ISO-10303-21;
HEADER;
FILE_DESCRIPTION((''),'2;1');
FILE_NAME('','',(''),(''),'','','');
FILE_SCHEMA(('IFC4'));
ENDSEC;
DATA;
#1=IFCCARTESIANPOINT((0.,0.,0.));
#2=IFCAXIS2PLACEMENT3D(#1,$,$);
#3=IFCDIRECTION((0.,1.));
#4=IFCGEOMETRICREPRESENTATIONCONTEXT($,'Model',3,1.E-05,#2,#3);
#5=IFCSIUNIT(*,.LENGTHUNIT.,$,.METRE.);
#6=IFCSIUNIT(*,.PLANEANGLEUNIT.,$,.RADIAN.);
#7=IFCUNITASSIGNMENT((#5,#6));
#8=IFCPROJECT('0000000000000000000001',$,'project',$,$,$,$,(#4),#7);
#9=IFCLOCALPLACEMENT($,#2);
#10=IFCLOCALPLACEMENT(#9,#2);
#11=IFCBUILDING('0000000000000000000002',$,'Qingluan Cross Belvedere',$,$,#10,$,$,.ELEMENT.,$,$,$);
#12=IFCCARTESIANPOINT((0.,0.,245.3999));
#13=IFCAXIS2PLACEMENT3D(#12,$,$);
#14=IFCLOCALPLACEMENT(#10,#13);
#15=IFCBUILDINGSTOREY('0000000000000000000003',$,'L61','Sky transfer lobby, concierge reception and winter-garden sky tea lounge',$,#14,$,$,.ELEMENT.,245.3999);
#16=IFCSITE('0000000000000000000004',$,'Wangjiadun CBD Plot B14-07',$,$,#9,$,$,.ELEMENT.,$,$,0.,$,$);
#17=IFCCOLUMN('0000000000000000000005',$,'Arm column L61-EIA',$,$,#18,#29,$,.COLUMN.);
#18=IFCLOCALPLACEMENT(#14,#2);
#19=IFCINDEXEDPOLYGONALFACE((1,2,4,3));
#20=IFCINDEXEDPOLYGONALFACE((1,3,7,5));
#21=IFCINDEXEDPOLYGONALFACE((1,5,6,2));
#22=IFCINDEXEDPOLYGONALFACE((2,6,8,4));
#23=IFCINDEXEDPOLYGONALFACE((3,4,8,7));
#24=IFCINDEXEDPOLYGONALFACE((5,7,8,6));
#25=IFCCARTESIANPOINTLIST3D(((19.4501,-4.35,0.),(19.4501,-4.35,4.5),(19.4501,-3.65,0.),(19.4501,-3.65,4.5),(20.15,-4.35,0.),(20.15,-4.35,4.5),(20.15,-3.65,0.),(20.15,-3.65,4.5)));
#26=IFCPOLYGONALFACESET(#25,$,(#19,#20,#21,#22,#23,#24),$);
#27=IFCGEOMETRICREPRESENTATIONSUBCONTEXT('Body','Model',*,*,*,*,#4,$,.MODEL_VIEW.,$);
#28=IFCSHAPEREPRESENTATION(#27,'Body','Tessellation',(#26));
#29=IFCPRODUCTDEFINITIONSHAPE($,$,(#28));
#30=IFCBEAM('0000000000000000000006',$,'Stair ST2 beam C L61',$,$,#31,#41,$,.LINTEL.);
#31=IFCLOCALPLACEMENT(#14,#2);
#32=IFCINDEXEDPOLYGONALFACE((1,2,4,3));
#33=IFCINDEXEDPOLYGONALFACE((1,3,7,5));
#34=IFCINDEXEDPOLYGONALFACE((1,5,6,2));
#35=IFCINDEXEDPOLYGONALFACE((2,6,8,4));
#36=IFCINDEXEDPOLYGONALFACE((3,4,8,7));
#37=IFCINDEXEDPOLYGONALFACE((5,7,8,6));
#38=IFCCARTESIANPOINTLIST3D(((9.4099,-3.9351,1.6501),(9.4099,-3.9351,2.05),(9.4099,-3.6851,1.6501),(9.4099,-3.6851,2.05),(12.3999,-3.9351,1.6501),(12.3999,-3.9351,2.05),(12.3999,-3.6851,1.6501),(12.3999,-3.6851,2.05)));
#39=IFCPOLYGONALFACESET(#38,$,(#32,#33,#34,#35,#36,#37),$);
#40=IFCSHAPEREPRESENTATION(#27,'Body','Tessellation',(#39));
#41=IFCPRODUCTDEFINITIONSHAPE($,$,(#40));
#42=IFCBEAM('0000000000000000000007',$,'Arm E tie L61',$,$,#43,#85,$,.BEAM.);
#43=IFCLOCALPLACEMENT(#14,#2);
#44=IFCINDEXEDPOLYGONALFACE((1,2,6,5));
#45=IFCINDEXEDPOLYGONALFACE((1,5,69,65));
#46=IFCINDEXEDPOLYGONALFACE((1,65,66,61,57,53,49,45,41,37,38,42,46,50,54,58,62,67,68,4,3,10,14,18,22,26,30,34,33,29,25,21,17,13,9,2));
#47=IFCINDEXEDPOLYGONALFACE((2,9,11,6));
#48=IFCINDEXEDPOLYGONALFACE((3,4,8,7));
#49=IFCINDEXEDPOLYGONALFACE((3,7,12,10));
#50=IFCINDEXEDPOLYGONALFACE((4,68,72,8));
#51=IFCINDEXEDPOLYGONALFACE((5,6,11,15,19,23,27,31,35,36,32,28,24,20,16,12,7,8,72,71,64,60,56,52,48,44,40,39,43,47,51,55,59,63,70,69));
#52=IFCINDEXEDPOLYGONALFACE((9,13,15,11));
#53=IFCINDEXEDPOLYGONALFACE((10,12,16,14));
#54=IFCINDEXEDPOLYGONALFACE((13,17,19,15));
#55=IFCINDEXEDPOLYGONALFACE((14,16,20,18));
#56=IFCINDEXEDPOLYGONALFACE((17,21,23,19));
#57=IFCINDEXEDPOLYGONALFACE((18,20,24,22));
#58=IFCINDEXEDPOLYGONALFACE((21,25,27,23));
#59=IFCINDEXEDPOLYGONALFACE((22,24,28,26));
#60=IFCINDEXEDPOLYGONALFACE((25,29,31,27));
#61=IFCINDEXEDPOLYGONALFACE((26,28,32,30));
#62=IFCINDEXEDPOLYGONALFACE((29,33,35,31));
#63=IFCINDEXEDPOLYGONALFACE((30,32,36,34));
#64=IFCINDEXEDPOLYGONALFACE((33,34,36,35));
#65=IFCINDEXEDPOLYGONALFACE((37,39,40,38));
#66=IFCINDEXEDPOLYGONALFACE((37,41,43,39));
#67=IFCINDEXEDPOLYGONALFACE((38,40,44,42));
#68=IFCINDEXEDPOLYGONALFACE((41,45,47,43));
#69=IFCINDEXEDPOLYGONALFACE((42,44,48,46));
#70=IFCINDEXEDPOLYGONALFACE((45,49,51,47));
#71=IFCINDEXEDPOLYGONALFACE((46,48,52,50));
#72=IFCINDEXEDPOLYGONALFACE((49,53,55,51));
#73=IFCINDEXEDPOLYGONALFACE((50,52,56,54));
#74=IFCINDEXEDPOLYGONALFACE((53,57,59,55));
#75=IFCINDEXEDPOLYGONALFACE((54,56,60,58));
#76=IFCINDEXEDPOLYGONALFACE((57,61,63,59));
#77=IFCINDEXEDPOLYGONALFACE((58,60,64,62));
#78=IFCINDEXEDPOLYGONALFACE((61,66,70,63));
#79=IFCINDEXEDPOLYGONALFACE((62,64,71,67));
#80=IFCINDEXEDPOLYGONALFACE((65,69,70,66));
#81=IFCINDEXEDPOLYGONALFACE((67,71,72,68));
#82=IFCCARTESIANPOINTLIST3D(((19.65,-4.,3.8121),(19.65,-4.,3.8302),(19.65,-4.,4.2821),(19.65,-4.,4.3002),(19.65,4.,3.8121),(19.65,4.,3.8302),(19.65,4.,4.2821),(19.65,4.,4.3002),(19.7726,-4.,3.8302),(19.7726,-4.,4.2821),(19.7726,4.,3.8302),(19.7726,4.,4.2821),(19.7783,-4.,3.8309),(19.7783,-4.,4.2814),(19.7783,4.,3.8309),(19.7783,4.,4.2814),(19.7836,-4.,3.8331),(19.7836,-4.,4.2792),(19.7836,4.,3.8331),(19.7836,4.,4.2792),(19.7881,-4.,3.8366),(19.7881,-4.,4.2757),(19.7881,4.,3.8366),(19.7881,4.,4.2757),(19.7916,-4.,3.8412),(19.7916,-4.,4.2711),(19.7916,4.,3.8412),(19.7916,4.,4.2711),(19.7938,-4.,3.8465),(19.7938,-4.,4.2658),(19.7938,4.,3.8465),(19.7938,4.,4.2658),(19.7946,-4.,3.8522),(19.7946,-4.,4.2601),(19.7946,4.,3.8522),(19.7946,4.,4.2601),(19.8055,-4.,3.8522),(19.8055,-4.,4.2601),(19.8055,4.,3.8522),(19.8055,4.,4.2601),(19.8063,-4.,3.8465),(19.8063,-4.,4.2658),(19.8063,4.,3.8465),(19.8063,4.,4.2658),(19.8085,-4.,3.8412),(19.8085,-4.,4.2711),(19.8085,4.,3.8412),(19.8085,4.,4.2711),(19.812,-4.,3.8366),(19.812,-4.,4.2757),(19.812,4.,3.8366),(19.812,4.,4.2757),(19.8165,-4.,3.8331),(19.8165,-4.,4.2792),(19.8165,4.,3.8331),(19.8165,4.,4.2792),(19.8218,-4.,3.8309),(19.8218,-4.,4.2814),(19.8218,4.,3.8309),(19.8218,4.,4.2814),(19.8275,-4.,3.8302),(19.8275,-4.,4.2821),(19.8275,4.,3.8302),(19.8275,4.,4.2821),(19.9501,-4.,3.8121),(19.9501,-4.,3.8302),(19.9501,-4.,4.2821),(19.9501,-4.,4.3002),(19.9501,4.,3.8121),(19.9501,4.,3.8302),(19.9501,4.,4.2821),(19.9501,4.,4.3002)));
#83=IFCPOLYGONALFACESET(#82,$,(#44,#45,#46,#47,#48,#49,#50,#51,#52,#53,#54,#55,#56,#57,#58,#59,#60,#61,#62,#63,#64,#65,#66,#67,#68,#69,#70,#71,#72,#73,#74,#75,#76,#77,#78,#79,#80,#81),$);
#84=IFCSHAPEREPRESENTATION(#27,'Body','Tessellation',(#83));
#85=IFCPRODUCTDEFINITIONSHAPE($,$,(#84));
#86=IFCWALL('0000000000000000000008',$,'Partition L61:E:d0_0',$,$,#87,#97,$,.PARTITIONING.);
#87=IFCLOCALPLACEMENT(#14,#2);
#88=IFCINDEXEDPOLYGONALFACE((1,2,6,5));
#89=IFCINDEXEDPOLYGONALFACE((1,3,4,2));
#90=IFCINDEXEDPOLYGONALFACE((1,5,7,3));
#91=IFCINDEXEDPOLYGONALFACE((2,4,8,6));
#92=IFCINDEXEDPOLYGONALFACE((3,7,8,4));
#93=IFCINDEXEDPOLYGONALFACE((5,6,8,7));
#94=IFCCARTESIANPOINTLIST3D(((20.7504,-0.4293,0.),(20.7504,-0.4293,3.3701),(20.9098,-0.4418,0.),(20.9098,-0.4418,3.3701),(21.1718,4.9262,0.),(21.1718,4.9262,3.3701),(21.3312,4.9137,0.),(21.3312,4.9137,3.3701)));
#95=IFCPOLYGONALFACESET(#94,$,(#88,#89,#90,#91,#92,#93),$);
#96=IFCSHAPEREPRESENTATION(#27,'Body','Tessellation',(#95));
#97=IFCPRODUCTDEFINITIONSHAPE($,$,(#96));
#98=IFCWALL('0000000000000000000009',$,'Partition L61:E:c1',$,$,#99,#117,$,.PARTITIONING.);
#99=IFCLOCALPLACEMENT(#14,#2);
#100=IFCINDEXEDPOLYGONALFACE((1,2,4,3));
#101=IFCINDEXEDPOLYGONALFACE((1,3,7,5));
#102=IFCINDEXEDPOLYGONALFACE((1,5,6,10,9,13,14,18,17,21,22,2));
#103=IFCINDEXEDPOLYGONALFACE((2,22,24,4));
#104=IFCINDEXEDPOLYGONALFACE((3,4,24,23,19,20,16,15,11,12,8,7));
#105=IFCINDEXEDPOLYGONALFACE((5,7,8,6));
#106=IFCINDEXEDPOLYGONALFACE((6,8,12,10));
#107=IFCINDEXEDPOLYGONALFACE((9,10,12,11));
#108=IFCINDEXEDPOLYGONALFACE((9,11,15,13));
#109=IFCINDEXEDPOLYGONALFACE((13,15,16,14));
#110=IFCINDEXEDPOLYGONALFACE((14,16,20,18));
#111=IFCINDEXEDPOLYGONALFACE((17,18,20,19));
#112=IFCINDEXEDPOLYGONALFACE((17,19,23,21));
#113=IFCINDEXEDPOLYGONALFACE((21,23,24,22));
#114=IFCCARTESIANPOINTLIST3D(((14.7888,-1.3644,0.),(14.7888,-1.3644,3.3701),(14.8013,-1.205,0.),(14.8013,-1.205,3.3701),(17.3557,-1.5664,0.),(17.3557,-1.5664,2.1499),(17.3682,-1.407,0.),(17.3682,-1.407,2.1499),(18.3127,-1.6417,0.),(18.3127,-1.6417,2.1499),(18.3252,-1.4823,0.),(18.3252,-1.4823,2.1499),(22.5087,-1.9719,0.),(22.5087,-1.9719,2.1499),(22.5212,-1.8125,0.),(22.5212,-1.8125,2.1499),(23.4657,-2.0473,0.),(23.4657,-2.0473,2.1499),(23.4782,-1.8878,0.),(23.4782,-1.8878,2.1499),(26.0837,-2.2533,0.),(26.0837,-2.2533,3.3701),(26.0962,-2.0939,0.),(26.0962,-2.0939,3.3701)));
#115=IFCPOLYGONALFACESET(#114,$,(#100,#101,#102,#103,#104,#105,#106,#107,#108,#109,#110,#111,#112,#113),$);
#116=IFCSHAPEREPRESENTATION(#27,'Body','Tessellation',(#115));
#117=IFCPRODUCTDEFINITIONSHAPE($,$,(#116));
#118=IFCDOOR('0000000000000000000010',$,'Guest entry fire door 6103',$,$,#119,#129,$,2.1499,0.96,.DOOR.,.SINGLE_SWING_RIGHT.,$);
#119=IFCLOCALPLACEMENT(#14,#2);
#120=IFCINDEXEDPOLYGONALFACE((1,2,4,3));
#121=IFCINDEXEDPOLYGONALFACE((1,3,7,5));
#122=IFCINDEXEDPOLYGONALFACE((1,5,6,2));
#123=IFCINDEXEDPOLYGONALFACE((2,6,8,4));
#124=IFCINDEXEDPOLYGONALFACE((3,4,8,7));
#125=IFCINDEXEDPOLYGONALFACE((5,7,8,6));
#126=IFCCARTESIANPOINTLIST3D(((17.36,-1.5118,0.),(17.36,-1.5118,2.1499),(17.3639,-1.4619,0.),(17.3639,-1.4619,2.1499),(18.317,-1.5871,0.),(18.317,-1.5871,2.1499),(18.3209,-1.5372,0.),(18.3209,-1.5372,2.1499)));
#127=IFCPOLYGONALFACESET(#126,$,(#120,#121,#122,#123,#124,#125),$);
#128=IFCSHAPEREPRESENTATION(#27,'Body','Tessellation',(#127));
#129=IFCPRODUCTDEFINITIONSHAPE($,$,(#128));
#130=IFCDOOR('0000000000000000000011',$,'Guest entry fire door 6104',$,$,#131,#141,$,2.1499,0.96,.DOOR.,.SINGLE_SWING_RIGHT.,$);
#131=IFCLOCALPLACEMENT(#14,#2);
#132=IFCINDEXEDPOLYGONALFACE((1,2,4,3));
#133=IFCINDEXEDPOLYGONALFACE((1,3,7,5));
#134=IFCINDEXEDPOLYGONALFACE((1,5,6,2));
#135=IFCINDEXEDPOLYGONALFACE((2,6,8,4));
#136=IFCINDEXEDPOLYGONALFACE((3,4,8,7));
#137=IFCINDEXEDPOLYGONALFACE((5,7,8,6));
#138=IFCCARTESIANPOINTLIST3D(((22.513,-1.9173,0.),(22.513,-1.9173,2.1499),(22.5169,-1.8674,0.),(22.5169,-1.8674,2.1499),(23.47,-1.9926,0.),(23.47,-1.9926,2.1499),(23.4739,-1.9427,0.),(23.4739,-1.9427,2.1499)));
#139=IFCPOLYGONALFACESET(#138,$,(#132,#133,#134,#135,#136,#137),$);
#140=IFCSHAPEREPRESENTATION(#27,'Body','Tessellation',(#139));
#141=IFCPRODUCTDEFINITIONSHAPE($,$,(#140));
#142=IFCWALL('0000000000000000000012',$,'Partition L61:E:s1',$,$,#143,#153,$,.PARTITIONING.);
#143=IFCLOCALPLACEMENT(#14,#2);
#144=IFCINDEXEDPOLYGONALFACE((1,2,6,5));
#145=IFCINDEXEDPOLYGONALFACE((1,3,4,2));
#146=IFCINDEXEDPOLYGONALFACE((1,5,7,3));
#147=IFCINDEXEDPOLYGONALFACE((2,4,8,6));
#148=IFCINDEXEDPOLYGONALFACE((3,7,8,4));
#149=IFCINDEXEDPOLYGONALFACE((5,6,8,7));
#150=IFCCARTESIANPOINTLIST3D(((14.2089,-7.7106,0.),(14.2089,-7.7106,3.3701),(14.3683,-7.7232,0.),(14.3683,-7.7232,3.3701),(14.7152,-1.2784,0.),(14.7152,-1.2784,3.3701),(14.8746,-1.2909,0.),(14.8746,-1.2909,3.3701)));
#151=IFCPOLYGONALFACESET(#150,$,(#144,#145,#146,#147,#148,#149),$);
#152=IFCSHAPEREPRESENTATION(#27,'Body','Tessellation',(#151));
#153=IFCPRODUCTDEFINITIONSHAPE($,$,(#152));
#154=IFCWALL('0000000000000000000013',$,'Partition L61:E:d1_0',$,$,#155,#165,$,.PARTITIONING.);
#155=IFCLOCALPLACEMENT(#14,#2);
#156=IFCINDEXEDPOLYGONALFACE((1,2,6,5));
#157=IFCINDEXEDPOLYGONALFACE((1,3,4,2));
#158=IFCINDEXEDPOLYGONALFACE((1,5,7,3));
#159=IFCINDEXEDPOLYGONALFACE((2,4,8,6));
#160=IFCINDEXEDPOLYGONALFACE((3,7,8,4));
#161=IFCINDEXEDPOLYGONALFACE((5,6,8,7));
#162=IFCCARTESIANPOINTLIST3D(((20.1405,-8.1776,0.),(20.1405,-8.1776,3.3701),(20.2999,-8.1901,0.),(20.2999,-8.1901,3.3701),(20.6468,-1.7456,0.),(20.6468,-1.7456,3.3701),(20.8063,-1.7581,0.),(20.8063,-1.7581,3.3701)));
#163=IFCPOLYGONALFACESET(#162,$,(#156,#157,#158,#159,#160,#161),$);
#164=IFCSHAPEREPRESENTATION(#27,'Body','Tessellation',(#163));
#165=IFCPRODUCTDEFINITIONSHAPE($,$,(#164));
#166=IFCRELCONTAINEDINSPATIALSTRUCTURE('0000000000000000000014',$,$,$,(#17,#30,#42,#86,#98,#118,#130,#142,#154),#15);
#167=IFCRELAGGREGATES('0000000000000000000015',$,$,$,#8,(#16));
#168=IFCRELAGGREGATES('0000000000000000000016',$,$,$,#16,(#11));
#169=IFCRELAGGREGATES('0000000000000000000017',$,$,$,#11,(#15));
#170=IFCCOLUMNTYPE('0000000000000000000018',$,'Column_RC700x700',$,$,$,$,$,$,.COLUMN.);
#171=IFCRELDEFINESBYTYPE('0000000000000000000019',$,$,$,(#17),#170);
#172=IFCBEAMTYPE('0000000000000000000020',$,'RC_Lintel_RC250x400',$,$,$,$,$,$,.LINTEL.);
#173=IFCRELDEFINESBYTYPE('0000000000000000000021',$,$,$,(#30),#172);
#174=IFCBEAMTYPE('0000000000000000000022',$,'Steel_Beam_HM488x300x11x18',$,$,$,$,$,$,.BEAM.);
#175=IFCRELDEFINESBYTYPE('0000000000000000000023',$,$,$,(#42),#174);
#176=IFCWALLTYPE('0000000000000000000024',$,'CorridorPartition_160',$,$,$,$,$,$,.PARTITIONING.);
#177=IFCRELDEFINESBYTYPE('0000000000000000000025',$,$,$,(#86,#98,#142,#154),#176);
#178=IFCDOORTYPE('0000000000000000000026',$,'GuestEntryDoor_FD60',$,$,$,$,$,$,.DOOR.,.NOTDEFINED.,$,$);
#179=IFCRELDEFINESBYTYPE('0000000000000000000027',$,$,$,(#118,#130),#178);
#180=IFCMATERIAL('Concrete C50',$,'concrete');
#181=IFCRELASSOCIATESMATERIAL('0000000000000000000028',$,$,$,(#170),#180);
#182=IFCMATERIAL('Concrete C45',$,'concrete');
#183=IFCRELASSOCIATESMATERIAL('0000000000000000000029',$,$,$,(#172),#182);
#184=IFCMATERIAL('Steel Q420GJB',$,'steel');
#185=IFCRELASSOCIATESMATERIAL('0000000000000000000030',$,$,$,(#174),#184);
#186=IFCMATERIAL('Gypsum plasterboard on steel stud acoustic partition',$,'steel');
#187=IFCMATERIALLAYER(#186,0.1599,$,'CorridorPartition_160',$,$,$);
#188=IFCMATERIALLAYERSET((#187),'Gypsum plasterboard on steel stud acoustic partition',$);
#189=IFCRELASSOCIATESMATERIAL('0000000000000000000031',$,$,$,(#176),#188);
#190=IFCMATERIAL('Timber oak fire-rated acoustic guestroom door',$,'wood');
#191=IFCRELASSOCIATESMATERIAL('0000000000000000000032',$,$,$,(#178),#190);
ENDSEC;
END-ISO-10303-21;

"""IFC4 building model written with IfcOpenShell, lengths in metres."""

from ifc_helpers import new_model, si_unit, direction, frame, frame_2d, origin, origin_2d, place, context, subcontext, project, spatial, rectangle, i_section, extrude, material, layer, layer_set, material_profile, profile_set, type_object, element, fill, save


model = new_model("IFC4")

# Units and contexts
model_context = context("Model", 3, precision=1e-05, world=origin(), true_north=direction((0.0, 1.0)))
body_context = subcontext(model_context, "Body", "Model", "MODEL_VIEW")
ifc_project = project(units=[si_unit("LENGTHUNIT", "METRE"), si_unit("PLANEANGLEUNIT", "RADIAN")], contexts=[model_context])

# Site, building, storey
site_placement = place(None, origin())
site = spatial("IfcSite", under=ifc_project, at=site_placement, Name="Wangjiadun CBD Plot B14-07", CompositionType="ELEMENT", RefElevation=0.0)
building_placement = place(site_placement, origin())
building = spatial("IfcBuilding", under=site, at=building_placement, Name="Qingluan Cross Belvedere", CompositionType="ELEMENT")
storey_placement = place(building_placement, frame((0.0, 0.0, 245.3999)))
storey = spatial("IfcBuildingStorey", under=building, at=storey_placement, Name="L61", Description="Sky transfer lobby, concierge reception and winter-garden sky tea lounge", CompositionType="ELEMENT", Elevation=245.3999)

# Column
ifc_material_1 = material(Name="Concrete C50", Category="concrete")
ifc_material_profile_1 = material_profile(ifc_material_1, rectangle(XDim=0.7, YDim=0.7, at=origin_2d()), Name="RC700x700")
ifc_profile_set_1 = profile_set([ifc_material_profile_1], Name="Concrete C50")
column_type = type_object("IfcColumnType", Name="Column_RC700x700", PredefinedType="COLUMN", material=ifc_profile_set_1)
column_placement = place(storey_placement, frame((19.8, -4.0, 0.0), z_axis=(0.0, 0.0, 1.0), x_axis=(1.0, 0.0, 0.0)))
element("IfcColumn", 1, at=column_placement, inside=storey, type_object=column_type, Name="Arm column L61-EIA", PredefinedType="COLUMN", context=body_context, shape_type="SweptSolid", body=[
    extrude(rectangle(XDim=0.7, YDim=0.7, at=origin_2d()), origin(), (0.0, 0.0, 1.0), 4.5),
])

# Beams
ifc_material_2 = material(Name="Concrete C45", Category="concrete")
ifc_material_profile_2 = material_profile(ifc_material_2, rectangle(XDim=0.25, YDim=0.3999, at=origin_2d()), Name="RC250x400")
ifc_profile_set_2 = profile_set([ifc_material_profile_2], Name="Concrete C45")
beam_type_1 = type_object("IfcBeamType", Name="RC_Lintel_RC250x400", PredefinedType="LINTEL", material=ifc_profile_set_2)
beam_1_placement = place(storey_placement, frame((12.3999, -3.8101, 1.8501), z_axis=(-1.0, 0.0, 0.0), x_axis=(0.0, -1.0, 0.0)))
element("IfcBeam", 2, at=beam_1_placement, inside=storey, type_object=beam_type_1, Name="Stair ST2 beam C L61", PredefinedType="LINTEL", context=body_context, shape_type="SweptSolid", body=[
    extrude(rectangle(XDim=0.25, YDim=0.3999, at=origin_2d()), origin(), (0.0, 0.0, 1.0), 2.99),
])
ifc_material_3 = material(Name="Steel Q420GJB", Category="steel")
ifc_material_profile_3 = material_profile(ifc_material_3, i_section(OverallWidth=0.3, OverallDepth=0.488, WebThickness=0.011, FlangeThickness=0.0181, FilletRadius=0.022, at=origin_2d()), Name="HM488x300x11x18")
ifc_profile_set_3 = profile_set([ifc_material_profile_3], Name="Steel Q420GJB")
beam_type_2 = type_object("IfcBeamType", Name="Steel_Beam_HM488x300x11x18", PredefinedType="BEAM", material=ifc_profile_set_3)
beam_2_placement = place(storey_placement, frame((19.8, -4.0, 4.0562), z_axis=(0.0, 1.0, 0.0), x_axis=(-1.0, 0.0, 0.0)))
element("IfcBeam", 3, at=beam_2_placement, inside=storey, type_object=beam_type_2, Name="Arm E tie L61", PredefinedType="BEAM", context=body_context, shape_type="SweptSolid", body=[
    extrude(i_section(OverallWidth=0.3, OverallDepth=0.488, WebThickness=0.011, FlangeThickness=0.0181, FilletRadius=0.022, at=origin_2d()), origin(), (0.0, 0.0, 1.0), 8.0),
])

# Wall
ifc_material_4 = material(Name="Gypsum plasterboard on steel stud acoustic partition", Category="steel")
ifc_layer_1 = layer(ifc_material_4, 0.1599, Name="CorridorPartition_160")
ifc_layer_set_1 = layer_set([ifc_layer_1], Name="Gypsum plasterboard on steel stud acoustic partition")
wall_type_1 = type_object("IfcWallType", Name="CorridorPartition_160", PredefinedType="PARTITIONING", material=ifc_layer_set_1)
wall_1_placement = place(storey_placement, frame((20.8301, -0.4355, 0.0), z_axis=(0.0, 0.0, 1.0), x_axis=(0.078441, 0.996919, 0.0)))
element("IfcWall", 4, at=wall_1_placement, inside=storey, type_object=wall_type_1, Name="Partition L61:E:d0_0", PredefinedType="PARTITIONING", context=body_context, shape_type="SweptSolid", body=[
    extrude(rectangle(XDim=5.3721, YDim=0.1599, at=frame_2d((2.686, 0.0))), origin(), (0.0, 0.0, 1.0), 3.3701),
])

# Wall, openings, doors
wall_2_placement = place(storey_placement, frame((14.7949, -1.2847, 0.0), z_axis=(0.0, 0.0, 1.0), x_axis=(0.996917, -0.078458, 0.0)))
wall_2 = element("IfcWall", 5, at=wall_2_placement, inside=storey, type_object=wall_type_1, Name="Partition L61:E:c1", PredefinedType="PARTITIONING", context=body_context, shape_type="SweptSolid", body=[
    extrude(rectangle(XDim=11.3298, YDim=0.1599, at=frame_2d((5.665, 0.0))), origin(), (0.0, 0.0, 1.0), 3.3701),
])
opening_1_placement = place(wall_2_placement, frame((2.575, 0.0, 0.0)))
opening_1 = element("IfcOpeningElement", 6, at=opening_1_placement, cuts=wall_2, PredefinedType="OPENING", context=body_context, shape_type="SweptSolid", body=[
    extrude(rectangle(XDim=0.96, YDim=2.1499, at=frame_2d((0.48, 1.075))), frame((0.0, 0.0898, 0.0), z_axis=(0.0, -1.0, 0.0), x_axis=(1.0, 0.0, 0.0)), (0.0, 0.0, 1.0), 0.1799),
])
opening_2_placement = place(wall_2_placement, frame((7.7439, 0.0, 0.0)))
opening_2 = element("IfcOpeningElement", 7, at=opening_2_placement, cuts=wall_2, PredefinedType="OPENING", context=body_context, shape_type="SweptSolid", body=[
    extrude(rectangle(XDim=0.96, YDim=2.1499, at=frame_2d((0.48, 1.075))), frame((0.0, 0.0898, 0.0), z_axis=(0.0, -1.0, 0.0), x_axis=(1.0, 0.0, 0.0)), (0.0, 0.0, 1.0), 0.1799),
])
ifc_material_5 = material(Name="Timber oak fire-rated acoustic guestroom door", Category="wood")
door_type_1 = type_object("IfcDoorType", Name="GuestEntryDoor_FD60", OperationType="NOTDEFINED", PredefinedType="DOOR", material=ifc_material_5)
door_1_placement = place(opening_1_placement, origin())
door_1 = element("IfcDoor", 8, at=door_1_placement, inside=storey, type_object=door_type_1, Name="Guest entry fire door 6103", OperationType="SINGLE_SWING_RIGHT", OverallHeight=2.1499, OverallWidth=0.96, PredefinedType="DOOR", context=body_context, shape_type="SweptSolid", body=[
    extrude(rectangle(XDim=0.96, YDim=2.1499, at=frame_2d((0.48, 1.075))), frame((0.0, 0.0249, 0.0), z_axis=(0.0, -1.0, 0.0), x_axis=(1.0, 0.0, 0.0)), (0.0, 0.0, 1.0), 0.05),
])
fill(opening_1, door_1)
door_2_placement = place(opening_2_placement, origin())
door_2 = element("IfcDoor", 9, at=door_2_placement, inside=storey, type_object=door_type_1, Name="Guest entry fire door 6104", OperationType="SINGLE_SWING_RIGHT", OverallHeight=2.1499, OverallWidth=0.96, PredefinedType="DOOR", context=body_context, shape_type="SweptSolid", body=[
    extrude(rectangle(XDim=0.96, YDim=2.1499, at=frame_2d((0.48, 1.075))), frame((0.0, 0.0249, 0.0), z_axis=(0.0, -1.0, 0.0), x_axis=(1.0, 0.0, 0.0)), (0.0, 0.0, 1.0), 0.05),
])
fill(opening_2, door_2)

# Walls
wall_3_placement = place(storey_placement, frame((14.7949, -1.2847, 0.0), z_axis=(0.0, 0.0, 1.0), x_axis=(-0.078479, -0.996916, 0.0)))
element("IfcWall", 10, at=wall_3_placement, inside=storey, type_object=wall_type_1, Name="Partition L61:E:s1", PredefinedType="PARTITIONING", context=body_context, shape_type="SweptSolid", body=[
    extrude(rectangle(XDim=6.4521, YDim=0.1599, at=frame_2d((3.2261, 0.0))), origin(), (0.0, 0.0, 1.0), 3.3701),
])
wall_4_placement = place(storey_placement, frame((20.7266, -1.7517, 0.0), z_axis=(0.0, 0.0, 1.0), x_axis=(-0.078482, -0.996916, 0.0)))
element("IfcWall", 11, at=wall_4_placement, inside=storey, type_object=wall_type_1, Name="Partition L61:E:d1_0", PredefinedType="PARTITIONING", context=body_context, shape_type="SweptSolid", body=[
    extrude(rectangle(XDim=6.4519, YDim=0.1599, at=frame_2d((3.2261, 0.0))), origin(), (0.0, 0.0, 1.0), 3.3701),
])

save(model, "model.ifc")
